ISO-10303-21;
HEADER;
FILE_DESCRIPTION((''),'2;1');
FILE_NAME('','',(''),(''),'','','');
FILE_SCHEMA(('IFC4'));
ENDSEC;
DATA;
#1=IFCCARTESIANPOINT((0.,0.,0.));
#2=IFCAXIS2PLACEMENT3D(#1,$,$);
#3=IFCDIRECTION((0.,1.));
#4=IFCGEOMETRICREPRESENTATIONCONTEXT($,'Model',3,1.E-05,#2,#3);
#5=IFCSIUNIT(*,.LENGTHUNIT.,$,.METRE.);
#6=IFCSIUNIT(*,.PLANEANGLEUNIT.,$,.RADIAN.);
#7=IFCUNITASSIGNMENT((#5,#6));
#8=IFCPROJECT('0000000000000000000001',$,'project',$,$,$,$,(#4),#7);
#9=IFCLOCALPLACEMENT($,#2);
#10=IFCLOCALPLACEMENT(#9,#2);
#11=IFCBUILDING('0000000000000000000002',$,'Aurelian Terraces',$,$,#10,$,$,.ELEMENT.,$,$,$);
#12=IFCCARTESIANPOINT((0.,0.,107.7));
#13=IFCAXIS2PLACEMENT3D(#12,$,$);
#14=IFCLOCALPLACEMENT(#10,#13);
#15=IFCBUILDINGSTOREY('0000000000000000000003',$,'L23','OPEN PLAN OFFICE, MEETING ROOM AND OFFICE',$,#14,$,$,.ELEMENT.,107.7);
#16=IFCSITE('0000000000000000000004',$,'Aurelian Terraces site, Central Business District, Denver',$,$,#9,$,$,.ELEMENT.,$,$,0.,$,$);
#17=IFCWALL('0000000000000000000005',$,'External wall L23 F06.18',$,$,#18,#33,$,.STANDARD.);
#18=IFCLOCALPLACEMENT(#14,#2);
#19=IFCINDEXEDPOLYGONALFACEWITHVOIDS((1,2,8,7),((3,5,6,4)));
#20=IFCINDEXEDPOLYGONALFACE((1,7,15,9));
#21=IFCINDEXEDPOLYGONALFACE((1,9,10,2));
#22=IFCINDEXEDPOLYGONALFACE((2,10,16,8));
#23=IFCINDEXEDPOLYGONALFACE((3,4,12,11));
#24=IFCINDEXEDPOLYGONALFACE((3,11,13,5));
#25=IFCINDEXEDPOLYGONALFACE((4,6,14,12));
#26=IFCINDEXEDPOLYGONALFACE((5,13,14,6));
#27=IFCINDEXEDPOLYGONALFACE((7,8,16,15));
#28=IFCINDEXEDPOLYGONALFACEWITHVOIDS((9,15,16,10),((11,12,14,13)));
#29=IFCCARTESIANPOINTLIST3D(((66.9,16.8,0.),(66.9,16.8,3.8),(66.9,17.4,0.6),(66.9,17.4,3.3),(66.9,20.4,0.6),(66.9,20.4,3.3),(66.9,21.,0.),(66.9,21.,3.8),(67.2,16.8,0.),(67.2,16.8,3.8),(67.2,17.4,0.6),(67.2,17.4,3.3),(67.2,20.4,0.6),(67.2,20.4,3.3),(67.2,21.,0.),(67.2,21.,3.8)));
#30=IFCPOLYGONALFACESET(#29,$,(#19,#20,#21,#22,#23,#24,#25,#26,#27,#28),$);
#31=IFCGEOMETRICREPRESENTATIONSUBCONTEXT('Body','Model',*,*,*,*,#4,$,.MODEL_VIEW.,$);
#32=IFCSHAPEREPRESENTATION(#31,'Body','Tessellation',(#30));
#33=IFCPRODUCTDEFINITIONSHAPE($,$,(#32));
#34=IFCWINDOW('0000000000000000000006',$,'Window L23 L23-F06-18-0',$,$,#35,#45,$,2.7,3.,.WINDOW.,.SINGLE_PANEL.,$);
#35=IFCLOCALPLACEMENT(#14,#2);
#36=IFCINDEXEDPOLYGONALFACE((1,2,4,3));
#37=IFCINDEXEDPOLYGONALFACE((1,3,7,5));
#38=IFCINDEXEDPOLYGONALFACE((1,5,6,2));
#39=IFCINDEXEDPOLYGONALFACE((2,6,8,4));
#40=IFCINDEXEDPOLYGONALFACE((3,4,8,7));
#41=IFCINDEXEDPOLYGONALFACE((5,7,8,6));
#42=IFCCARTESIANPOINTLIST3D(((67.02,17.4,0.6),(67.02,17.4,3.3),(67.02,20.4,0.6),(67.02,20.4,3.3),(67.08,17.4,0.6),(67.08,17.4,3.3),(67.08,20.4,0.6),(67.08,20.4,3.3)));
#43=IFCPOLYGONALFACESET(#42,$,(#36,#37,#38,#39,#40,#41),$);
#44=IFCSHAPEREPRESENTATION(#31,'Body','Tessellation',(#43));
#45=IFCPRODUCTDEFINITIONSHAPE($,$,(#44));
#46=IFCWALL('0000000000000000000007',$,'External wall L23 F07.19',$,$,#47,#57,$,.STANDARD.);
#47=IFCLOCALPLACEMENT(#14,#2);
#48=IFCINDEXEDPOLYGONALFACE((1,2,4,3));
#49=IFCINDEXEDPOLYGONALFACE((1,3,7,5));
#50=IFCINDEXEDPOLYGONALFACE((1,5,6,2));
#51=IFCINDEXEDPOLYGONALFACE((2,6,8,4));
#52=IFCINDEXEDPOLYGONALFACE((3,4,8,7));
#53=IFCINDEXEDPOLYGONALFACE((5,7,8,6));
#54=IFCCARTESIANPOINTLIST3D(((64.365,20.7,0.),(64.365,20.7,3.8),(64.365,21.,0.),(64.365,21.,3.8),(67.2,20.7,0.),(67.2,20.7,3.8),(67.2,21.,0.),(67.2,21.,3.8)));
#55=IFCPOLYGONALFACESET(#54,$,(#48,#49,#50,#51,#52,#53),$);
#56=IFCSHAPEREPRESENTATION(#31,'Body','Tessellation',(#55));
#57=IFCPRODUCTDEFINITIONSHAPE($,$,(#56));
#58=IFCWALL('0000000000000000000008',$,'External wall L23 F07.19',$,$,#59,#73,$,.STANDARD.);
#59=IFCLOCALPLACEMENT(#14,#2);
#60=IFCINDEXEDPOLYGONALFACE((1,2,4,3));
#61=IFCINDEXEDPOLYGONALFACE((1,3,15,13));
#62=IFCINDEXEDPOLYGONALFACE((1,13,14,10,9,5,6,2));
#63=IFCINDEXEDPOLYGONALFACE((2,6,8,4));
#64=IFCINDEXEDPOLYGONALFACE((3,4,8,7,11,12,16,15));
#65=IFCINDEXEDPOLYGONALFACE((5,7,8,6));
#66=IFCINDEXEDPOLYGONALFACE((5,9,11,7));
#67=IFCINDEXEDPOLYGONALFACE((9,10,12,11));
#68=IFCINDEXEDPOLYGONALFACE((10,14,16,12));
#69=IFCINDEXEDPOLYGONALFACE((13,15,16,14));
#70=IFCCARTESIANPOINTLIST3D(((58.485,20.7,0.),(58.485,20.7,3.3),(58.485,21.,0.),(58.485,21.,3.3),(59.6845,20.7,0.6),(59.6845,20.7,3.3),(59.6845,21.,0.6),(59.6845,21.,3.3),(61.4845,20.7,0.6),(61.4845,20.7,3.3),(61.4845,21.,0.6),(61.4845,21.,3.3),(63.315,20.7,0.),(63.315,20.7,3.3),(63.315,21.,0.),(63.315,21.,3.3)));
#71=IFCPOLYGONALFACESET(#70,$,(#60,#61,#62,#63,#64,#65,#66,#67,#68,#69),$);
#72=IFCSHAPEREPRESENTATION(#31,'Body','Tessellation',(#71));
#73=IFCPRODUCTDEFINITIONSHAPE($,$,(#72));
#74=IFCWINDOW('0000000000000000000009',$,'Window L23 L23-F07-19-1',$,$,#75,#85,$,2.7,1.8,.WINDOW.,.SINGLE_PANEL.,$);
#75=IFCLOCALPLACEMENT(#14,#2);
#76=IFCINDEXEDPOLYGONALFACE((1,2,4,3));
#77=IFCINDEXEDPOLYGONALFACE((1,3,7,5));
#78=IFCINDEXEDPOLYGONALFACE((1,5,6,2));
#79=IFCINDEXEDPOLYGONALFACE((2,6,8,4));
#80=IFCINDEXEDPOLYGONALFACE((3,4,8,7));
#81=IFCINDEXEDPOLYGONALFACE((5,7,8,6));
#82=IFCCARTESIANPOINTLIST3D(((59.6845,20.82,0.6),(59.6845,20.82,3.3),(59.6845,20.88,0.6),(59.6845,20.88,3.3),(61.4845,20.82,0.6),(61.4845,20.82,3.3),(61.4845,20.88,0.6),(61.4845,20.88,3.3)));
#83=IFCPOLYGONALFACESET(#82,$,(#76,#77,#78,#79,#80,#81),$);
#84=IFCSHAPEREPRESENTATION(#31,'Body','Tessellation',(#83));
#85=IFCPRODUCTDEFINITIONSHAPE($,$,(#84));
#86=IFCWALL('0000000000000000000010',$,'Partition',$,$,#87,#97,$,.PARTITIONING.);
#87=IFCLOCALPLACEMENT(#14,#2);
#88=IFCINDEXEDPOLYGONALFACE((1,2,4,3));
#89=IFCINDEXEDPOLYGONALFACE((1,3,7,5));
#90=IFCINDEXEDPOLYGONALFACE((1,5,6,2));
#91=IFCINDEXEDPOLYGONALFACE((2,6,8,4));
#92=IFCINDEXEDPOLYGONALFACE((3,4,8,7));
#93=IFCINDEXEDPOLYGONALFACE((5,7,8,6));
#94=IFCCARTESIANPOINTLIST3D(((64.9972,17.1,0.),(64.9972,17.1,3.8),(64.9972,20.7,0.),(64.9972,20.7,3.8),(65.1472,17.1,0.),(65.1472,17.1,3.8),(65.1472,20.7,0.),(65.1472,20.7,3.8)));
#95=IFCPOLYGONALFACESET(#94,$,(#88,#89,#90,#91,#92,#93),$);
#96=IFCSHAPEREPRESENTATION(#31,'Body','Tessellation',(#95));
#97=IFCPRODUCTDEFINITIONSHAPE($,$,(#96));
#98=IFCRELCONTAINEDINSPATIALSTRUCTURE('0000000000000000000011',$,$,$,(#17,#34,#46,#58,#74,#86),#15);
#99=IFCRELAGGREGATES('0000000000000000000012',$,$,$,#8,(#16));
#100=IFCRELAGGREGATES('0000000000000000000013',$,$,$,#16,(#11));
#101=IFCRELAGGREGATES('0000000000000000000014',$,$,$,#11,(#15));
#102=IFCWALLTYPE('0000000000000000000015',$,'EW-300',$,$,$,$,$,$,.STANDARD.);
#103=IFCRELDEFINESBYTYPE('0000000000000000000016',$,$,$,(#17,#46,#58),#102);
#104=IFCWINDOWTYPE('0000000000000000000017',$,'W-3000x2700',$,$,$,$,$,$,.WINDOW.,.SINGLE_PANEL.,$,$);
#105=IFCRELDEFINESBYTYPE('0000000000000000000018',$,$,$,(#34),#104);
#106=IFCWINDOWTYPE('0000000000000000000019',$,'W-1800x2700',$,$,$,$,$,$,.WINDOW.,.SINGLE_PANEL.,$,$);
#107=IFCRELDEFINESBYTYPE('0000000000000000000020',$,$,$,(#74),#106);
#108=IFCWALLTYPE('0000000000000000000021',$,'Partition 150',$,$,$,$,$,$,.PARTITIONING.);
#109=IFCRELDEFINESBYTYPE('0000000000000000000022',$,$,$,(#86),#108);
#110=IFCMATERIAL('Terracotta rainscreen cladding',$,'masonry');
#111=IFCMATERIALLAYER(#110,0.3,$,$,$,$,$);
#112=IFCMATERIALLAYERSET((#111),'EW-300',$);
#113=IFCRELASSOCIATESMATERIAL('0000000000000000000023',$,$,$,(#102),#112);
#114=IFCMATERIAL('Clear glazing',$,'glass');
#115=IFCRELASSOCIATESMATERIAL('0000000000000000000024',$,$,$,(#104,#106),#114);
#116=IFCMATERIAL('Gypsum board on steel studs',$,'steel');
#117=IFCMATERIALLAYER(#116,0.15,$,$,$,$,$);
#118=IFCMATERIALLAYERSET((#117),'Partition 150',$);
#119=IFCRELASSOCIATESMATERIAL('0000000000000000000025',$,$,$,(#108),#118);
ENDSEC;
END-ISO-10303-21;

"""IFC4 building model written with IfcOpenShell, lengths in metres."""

from ifc_helpers import new_model, si_unit, direction, frame, frame_2d, origin, place, context, subcontext, project, spatial, rectangle, extrude, source, transform, mapped, material, layer, layer_set, type_object, element, fill, save


model = new_model("IFC4")

# Units and contexts
model_context = context("Model", 3, precision=1e-05, world=origin(), true_north=direction((0.0, 1.0)))
body_context = subcontext(model_context, "Body", "Model", "MODEL_VIEW")
ifc_project = project(units=[si_unit("LENGTHUNIT", "METRE"), si_unit("PLANEANGLEUNIT", "RADIAN")], contexts=[model_context])

# Site, building, storey
site_placement = place(None, origin())
site = spatial("IfcSite", under=ifc_project, at=site_placement, Name="Aurelian Terraces site, Central Business District, Denver", CompositionType="ELEMENT", RefElevation=0.0)
building_placement = place(site_placement, origin())
building = spatial("IfcBuilding", under=site, at=building_placement, Name="Aurelian Terraces", CompositionType="ELEMENT")
storey_placement = place(building_placement, frame((0.0, 0.0, 107.7)))
storey = spatial("IfcBuildingStorey", under=building, at=storey_placement, Name="L23", Description="OPEN PLAN OFFICE, MEETING ROOM AND OFFICE", CompositionType="ELEMENT", Elevation=107.7)

# Wall, opening, window
ifc_material_1 = material(Name="Terracotta rainscreen cladding", Category="masonry")
ifc_layer_1 = layer(ifc_material_1, 0.3)
ifc_layer_set_1 = layer_set([ifc_layer_1], Name="EW-300")
wall_type_1 = type_object("IfcWallType", Name="EW-300", PredefinedType="STANDARD", material=ifc_layer_set_1)
shared_shape_1 = source(origin(), body_context, "Body", "SweptSolid", [
    extrude(rectangle(XDim=4.2, YDim=0.3, at=frame_2d((2.1, 0.0))), origin(), (0.0, 0.0, 1.0), 3.8),
])
ifc_material_2 = material(Name="Clear glazing", Category="glass")
wall_1_placement = place(storey_placement, frame((67.05, 16.8, 0.0), z_axis=(0.0, 0.0, 1.0), x_axis=(0.0, 1.0, 0.0)))
wall_1 = element("IfcWall", 1, at=wall_1_placement, inside=storey, type_object=wall_type_1, Name="External wall L23 F06.18", PredefinedType="STANDARD", context=body_context, shape_type="MappedRepresentation", body=[
    mapped(shared_shape_1, transform((0.0, 0.0, 0.0), scale=1.0)),
])
shared_shape_2 = source(origin(), body_context, "Body", "SweptSolid", [
    extrude(rectangle(XDim=3.0, YDim=2.7, at=frame_2d((1.5, 1.35))), frame((0.0, 0.16, 0.0), z_axis=(0.0, -1.0, 0.0), x_axis=(1.0, 0.0, 0.0)), (0.0, 0.0, 1.0), 0.32),
])
opening_1_placement = place(wall_1_placement, frame((0.6, 0.0, 0.6)))
opening_1 = element("IfcOpeningElement", 2, at=opening_1_placement, cuts=wall_1, PredefinedType="OPENING", context=body_context, shape_type="MappedRepresentation", body=[
    mapped(shared_shape_2, transform((0.0, 0.0, 0.0), scale=1.0)),
])
window_type_1 = type_object("IfcWindowType", Name="W-3000x2700", PartitioningType="SINGLE_PANEL", PredefinedType="WINDOW", material=ifc_material_2)
shared_shape_3 = source(origin(), body_context, "Body", "SweptSolid", [
    extrude(rectangle(XDim=3.0, YDim=2.7, at=frame_2d((1.5, 1.35))), frame((0.0, 0.03, 0.0), z_axis=(0.0, -1.0, 0.0), x_axis=(1.0, 0.0, 0.0)), (0.0, 0.0, 1.0), 0.06),
])
window_1_placement = place(opening_1_placement, origin())
window_1 = element("IfcWindow", 3, at=window_1_placement, inside=storey, type_object=window_type_1, Name="Window L23 L23-F06-18-0", OverallHeight=2.7, OverallWidth=3.0, PartitioningType="SINGLE_PANEL", PredefinedType="WINDOW", context=body_context, shape_type="MappedRepresentation", body=[
    mapped(shared_shape_3, transform((0.0, 0.0, 0.0), scale=1.0)),
])
fill(opening_1, window_1)

# Wall
shared_shape_4 = source(origin(), body_context, "Body", "SweptSolid", [
    extrude(rectangle(XDim=2.835, YDim=0.3, at=frame_2d((1.4175, 0.0))), origin(), (0.0, 0.0, 1.0), 3.8),
])
wall_2_placement = place(storey_placement, frame((67.2, 20.85, 0.0), z_axis=(0.0, 0.0, 1.0), x_axis=(-1.0, 0.0, 0.0)))
element("IfcWall", 4, at=wall_2_placement, inside=storey, type_object=wall_type_1, Name="External wall L23 F07.19", PredefinedType="STANDARD", context=body_context, shape_type="MappedRepresentation", body=[
    mapped(shared_shape_4, transform((0.0, 0.0, 0.0), scale=1.0)),
])

# Wall, opening, window
shared_shape_5 = source(origin(), body_context, "Body", "SweptSolid", [
    extrude(rectangle(XDim=4.83, YDim=0.3, at=frame_2d((2.415, 0.0))), origin(), (0.0, 0.0, 1.0), 3.3),
])
wall_3_placement = place(storey_placement, frame((63.315, 20.85, 0.0), z_axis=(0.0, 0.0, 1.0), x_axis=(-1.0, 0.0, 0.0)))
wall_3 = element("IfcWall", 5, at=wall_3_placement, inside=storey, type_object=wall_type_1, Name="External wall L23 F07.19", PredefinedType="STANDARD", context=body_context, shape_type="MappedRepresentation", body=[
    mapped(shared_shape_5, transform((0.0, 0.0, 0.0), scale=1.0)),
])
shared_shape_6 = source(origin(), body_context, "Body", "SweptSolid", [
    extrude(rectangle(XDim=1.8, YDim=2.7, at=frame_2d((0.9, 1.35))), frame((0.0, 0.16, 0.0), z_axis=(0.0, -1.0, 0.0), x_axis=(1.0, 0.0, 0.0)), (0.0, 0.0, 1.0), 0.32),
])
opening_2_placement = place(wall_3_placement, frame((1.8305, 0.0, 0.6)))
opening_2 = element("IfcOpeningElement", 6, at=opening_2_placement, cuts=wall_3, PredefinedType="OPENING", context=body_context, shape_type="MappedRepresentation", body=[
    mapped(shared_shape_6, transform((0.0, 0.0, 0.0), scale=1.0)),
])
window_type_2 = type_object("IfcWindowType", Name="W-1800x2700", PartitioningType="SINGLE_PANEL", PredefinedType="WINDOW", material=ifc_material_2)
shared_shape_7 = source(origin(), body_context, "Body", "SweptSolid", [
    extrude(rectangle(XDim=1.8, YDim=2.7, at=frame_2d((0.9, 1.35))), frame((0.0, 0.03, 0.0), z_axis=(0.0, -1.0, 0.0), x_axis=(1.0, 0.0, 0.0)), (0.0, 0.0, 1.0), 0.06),
])
window_2_placement = place(opening_2_placement, origin())
window_2 = element("IfcWindow", 7, at=window_2_placement, inside=storey, type_object=window_type_2, Name="Window L23 L23-F07-19-1", OverallHeight=2.7, OverallWidth=1.8, PartitioningType="SINGLE_PANEL", PredefinedType="WINDOW", context=body_context, shape_type="MappedRepresentation", body=[
    mapped(shared_shape_7, transform((0.0, 0.0, 0.0), scale=1.0)),
])
fill(opening_2, window_2)

# Wall
ifc_material_3 = material(Name="Gypsum board on steel studs", Category="steel")
ifc_layer_2 = layer(ifc_material_3, 0.15)
ifc_layer_set_2 = layer_set([ifc_layer_2], Name="Partition 150")
wall_type_2 = type_object("IfcWallType", Name="Partition 150", PredefinedType="PARTITIONING", material=ifc_layer_set_2)
shared_shape_8 = source(origin(), body_context, "Body", "SweptSolid", [
    extrude(rectangle(XDim=3.6, YDim=0.15, at=frame_2d((1.8, 0.0))), origin(), (0.0, 0.0, 1.0), 3.8),
])
wall_4_placement = place(storey_placement, frame((65.0722, 20.7, 0.0), z_axis=(0.0, 0.0, 1.0), x_axis=(0.0, -1.0, 0.0)))
element("IfcWall", 8, at=wall_4_placement, inside=storey, type_object=wall_type_2, Name="Partition", PredefinedType="PARTITIONING", context=body_context, shape_type="MappedRepresentation", body=[
    mapped(shared_shape_8, transform((0.0, 0.0, 0.0), scale=1.0)),
])

save(model, "model.ifc")
